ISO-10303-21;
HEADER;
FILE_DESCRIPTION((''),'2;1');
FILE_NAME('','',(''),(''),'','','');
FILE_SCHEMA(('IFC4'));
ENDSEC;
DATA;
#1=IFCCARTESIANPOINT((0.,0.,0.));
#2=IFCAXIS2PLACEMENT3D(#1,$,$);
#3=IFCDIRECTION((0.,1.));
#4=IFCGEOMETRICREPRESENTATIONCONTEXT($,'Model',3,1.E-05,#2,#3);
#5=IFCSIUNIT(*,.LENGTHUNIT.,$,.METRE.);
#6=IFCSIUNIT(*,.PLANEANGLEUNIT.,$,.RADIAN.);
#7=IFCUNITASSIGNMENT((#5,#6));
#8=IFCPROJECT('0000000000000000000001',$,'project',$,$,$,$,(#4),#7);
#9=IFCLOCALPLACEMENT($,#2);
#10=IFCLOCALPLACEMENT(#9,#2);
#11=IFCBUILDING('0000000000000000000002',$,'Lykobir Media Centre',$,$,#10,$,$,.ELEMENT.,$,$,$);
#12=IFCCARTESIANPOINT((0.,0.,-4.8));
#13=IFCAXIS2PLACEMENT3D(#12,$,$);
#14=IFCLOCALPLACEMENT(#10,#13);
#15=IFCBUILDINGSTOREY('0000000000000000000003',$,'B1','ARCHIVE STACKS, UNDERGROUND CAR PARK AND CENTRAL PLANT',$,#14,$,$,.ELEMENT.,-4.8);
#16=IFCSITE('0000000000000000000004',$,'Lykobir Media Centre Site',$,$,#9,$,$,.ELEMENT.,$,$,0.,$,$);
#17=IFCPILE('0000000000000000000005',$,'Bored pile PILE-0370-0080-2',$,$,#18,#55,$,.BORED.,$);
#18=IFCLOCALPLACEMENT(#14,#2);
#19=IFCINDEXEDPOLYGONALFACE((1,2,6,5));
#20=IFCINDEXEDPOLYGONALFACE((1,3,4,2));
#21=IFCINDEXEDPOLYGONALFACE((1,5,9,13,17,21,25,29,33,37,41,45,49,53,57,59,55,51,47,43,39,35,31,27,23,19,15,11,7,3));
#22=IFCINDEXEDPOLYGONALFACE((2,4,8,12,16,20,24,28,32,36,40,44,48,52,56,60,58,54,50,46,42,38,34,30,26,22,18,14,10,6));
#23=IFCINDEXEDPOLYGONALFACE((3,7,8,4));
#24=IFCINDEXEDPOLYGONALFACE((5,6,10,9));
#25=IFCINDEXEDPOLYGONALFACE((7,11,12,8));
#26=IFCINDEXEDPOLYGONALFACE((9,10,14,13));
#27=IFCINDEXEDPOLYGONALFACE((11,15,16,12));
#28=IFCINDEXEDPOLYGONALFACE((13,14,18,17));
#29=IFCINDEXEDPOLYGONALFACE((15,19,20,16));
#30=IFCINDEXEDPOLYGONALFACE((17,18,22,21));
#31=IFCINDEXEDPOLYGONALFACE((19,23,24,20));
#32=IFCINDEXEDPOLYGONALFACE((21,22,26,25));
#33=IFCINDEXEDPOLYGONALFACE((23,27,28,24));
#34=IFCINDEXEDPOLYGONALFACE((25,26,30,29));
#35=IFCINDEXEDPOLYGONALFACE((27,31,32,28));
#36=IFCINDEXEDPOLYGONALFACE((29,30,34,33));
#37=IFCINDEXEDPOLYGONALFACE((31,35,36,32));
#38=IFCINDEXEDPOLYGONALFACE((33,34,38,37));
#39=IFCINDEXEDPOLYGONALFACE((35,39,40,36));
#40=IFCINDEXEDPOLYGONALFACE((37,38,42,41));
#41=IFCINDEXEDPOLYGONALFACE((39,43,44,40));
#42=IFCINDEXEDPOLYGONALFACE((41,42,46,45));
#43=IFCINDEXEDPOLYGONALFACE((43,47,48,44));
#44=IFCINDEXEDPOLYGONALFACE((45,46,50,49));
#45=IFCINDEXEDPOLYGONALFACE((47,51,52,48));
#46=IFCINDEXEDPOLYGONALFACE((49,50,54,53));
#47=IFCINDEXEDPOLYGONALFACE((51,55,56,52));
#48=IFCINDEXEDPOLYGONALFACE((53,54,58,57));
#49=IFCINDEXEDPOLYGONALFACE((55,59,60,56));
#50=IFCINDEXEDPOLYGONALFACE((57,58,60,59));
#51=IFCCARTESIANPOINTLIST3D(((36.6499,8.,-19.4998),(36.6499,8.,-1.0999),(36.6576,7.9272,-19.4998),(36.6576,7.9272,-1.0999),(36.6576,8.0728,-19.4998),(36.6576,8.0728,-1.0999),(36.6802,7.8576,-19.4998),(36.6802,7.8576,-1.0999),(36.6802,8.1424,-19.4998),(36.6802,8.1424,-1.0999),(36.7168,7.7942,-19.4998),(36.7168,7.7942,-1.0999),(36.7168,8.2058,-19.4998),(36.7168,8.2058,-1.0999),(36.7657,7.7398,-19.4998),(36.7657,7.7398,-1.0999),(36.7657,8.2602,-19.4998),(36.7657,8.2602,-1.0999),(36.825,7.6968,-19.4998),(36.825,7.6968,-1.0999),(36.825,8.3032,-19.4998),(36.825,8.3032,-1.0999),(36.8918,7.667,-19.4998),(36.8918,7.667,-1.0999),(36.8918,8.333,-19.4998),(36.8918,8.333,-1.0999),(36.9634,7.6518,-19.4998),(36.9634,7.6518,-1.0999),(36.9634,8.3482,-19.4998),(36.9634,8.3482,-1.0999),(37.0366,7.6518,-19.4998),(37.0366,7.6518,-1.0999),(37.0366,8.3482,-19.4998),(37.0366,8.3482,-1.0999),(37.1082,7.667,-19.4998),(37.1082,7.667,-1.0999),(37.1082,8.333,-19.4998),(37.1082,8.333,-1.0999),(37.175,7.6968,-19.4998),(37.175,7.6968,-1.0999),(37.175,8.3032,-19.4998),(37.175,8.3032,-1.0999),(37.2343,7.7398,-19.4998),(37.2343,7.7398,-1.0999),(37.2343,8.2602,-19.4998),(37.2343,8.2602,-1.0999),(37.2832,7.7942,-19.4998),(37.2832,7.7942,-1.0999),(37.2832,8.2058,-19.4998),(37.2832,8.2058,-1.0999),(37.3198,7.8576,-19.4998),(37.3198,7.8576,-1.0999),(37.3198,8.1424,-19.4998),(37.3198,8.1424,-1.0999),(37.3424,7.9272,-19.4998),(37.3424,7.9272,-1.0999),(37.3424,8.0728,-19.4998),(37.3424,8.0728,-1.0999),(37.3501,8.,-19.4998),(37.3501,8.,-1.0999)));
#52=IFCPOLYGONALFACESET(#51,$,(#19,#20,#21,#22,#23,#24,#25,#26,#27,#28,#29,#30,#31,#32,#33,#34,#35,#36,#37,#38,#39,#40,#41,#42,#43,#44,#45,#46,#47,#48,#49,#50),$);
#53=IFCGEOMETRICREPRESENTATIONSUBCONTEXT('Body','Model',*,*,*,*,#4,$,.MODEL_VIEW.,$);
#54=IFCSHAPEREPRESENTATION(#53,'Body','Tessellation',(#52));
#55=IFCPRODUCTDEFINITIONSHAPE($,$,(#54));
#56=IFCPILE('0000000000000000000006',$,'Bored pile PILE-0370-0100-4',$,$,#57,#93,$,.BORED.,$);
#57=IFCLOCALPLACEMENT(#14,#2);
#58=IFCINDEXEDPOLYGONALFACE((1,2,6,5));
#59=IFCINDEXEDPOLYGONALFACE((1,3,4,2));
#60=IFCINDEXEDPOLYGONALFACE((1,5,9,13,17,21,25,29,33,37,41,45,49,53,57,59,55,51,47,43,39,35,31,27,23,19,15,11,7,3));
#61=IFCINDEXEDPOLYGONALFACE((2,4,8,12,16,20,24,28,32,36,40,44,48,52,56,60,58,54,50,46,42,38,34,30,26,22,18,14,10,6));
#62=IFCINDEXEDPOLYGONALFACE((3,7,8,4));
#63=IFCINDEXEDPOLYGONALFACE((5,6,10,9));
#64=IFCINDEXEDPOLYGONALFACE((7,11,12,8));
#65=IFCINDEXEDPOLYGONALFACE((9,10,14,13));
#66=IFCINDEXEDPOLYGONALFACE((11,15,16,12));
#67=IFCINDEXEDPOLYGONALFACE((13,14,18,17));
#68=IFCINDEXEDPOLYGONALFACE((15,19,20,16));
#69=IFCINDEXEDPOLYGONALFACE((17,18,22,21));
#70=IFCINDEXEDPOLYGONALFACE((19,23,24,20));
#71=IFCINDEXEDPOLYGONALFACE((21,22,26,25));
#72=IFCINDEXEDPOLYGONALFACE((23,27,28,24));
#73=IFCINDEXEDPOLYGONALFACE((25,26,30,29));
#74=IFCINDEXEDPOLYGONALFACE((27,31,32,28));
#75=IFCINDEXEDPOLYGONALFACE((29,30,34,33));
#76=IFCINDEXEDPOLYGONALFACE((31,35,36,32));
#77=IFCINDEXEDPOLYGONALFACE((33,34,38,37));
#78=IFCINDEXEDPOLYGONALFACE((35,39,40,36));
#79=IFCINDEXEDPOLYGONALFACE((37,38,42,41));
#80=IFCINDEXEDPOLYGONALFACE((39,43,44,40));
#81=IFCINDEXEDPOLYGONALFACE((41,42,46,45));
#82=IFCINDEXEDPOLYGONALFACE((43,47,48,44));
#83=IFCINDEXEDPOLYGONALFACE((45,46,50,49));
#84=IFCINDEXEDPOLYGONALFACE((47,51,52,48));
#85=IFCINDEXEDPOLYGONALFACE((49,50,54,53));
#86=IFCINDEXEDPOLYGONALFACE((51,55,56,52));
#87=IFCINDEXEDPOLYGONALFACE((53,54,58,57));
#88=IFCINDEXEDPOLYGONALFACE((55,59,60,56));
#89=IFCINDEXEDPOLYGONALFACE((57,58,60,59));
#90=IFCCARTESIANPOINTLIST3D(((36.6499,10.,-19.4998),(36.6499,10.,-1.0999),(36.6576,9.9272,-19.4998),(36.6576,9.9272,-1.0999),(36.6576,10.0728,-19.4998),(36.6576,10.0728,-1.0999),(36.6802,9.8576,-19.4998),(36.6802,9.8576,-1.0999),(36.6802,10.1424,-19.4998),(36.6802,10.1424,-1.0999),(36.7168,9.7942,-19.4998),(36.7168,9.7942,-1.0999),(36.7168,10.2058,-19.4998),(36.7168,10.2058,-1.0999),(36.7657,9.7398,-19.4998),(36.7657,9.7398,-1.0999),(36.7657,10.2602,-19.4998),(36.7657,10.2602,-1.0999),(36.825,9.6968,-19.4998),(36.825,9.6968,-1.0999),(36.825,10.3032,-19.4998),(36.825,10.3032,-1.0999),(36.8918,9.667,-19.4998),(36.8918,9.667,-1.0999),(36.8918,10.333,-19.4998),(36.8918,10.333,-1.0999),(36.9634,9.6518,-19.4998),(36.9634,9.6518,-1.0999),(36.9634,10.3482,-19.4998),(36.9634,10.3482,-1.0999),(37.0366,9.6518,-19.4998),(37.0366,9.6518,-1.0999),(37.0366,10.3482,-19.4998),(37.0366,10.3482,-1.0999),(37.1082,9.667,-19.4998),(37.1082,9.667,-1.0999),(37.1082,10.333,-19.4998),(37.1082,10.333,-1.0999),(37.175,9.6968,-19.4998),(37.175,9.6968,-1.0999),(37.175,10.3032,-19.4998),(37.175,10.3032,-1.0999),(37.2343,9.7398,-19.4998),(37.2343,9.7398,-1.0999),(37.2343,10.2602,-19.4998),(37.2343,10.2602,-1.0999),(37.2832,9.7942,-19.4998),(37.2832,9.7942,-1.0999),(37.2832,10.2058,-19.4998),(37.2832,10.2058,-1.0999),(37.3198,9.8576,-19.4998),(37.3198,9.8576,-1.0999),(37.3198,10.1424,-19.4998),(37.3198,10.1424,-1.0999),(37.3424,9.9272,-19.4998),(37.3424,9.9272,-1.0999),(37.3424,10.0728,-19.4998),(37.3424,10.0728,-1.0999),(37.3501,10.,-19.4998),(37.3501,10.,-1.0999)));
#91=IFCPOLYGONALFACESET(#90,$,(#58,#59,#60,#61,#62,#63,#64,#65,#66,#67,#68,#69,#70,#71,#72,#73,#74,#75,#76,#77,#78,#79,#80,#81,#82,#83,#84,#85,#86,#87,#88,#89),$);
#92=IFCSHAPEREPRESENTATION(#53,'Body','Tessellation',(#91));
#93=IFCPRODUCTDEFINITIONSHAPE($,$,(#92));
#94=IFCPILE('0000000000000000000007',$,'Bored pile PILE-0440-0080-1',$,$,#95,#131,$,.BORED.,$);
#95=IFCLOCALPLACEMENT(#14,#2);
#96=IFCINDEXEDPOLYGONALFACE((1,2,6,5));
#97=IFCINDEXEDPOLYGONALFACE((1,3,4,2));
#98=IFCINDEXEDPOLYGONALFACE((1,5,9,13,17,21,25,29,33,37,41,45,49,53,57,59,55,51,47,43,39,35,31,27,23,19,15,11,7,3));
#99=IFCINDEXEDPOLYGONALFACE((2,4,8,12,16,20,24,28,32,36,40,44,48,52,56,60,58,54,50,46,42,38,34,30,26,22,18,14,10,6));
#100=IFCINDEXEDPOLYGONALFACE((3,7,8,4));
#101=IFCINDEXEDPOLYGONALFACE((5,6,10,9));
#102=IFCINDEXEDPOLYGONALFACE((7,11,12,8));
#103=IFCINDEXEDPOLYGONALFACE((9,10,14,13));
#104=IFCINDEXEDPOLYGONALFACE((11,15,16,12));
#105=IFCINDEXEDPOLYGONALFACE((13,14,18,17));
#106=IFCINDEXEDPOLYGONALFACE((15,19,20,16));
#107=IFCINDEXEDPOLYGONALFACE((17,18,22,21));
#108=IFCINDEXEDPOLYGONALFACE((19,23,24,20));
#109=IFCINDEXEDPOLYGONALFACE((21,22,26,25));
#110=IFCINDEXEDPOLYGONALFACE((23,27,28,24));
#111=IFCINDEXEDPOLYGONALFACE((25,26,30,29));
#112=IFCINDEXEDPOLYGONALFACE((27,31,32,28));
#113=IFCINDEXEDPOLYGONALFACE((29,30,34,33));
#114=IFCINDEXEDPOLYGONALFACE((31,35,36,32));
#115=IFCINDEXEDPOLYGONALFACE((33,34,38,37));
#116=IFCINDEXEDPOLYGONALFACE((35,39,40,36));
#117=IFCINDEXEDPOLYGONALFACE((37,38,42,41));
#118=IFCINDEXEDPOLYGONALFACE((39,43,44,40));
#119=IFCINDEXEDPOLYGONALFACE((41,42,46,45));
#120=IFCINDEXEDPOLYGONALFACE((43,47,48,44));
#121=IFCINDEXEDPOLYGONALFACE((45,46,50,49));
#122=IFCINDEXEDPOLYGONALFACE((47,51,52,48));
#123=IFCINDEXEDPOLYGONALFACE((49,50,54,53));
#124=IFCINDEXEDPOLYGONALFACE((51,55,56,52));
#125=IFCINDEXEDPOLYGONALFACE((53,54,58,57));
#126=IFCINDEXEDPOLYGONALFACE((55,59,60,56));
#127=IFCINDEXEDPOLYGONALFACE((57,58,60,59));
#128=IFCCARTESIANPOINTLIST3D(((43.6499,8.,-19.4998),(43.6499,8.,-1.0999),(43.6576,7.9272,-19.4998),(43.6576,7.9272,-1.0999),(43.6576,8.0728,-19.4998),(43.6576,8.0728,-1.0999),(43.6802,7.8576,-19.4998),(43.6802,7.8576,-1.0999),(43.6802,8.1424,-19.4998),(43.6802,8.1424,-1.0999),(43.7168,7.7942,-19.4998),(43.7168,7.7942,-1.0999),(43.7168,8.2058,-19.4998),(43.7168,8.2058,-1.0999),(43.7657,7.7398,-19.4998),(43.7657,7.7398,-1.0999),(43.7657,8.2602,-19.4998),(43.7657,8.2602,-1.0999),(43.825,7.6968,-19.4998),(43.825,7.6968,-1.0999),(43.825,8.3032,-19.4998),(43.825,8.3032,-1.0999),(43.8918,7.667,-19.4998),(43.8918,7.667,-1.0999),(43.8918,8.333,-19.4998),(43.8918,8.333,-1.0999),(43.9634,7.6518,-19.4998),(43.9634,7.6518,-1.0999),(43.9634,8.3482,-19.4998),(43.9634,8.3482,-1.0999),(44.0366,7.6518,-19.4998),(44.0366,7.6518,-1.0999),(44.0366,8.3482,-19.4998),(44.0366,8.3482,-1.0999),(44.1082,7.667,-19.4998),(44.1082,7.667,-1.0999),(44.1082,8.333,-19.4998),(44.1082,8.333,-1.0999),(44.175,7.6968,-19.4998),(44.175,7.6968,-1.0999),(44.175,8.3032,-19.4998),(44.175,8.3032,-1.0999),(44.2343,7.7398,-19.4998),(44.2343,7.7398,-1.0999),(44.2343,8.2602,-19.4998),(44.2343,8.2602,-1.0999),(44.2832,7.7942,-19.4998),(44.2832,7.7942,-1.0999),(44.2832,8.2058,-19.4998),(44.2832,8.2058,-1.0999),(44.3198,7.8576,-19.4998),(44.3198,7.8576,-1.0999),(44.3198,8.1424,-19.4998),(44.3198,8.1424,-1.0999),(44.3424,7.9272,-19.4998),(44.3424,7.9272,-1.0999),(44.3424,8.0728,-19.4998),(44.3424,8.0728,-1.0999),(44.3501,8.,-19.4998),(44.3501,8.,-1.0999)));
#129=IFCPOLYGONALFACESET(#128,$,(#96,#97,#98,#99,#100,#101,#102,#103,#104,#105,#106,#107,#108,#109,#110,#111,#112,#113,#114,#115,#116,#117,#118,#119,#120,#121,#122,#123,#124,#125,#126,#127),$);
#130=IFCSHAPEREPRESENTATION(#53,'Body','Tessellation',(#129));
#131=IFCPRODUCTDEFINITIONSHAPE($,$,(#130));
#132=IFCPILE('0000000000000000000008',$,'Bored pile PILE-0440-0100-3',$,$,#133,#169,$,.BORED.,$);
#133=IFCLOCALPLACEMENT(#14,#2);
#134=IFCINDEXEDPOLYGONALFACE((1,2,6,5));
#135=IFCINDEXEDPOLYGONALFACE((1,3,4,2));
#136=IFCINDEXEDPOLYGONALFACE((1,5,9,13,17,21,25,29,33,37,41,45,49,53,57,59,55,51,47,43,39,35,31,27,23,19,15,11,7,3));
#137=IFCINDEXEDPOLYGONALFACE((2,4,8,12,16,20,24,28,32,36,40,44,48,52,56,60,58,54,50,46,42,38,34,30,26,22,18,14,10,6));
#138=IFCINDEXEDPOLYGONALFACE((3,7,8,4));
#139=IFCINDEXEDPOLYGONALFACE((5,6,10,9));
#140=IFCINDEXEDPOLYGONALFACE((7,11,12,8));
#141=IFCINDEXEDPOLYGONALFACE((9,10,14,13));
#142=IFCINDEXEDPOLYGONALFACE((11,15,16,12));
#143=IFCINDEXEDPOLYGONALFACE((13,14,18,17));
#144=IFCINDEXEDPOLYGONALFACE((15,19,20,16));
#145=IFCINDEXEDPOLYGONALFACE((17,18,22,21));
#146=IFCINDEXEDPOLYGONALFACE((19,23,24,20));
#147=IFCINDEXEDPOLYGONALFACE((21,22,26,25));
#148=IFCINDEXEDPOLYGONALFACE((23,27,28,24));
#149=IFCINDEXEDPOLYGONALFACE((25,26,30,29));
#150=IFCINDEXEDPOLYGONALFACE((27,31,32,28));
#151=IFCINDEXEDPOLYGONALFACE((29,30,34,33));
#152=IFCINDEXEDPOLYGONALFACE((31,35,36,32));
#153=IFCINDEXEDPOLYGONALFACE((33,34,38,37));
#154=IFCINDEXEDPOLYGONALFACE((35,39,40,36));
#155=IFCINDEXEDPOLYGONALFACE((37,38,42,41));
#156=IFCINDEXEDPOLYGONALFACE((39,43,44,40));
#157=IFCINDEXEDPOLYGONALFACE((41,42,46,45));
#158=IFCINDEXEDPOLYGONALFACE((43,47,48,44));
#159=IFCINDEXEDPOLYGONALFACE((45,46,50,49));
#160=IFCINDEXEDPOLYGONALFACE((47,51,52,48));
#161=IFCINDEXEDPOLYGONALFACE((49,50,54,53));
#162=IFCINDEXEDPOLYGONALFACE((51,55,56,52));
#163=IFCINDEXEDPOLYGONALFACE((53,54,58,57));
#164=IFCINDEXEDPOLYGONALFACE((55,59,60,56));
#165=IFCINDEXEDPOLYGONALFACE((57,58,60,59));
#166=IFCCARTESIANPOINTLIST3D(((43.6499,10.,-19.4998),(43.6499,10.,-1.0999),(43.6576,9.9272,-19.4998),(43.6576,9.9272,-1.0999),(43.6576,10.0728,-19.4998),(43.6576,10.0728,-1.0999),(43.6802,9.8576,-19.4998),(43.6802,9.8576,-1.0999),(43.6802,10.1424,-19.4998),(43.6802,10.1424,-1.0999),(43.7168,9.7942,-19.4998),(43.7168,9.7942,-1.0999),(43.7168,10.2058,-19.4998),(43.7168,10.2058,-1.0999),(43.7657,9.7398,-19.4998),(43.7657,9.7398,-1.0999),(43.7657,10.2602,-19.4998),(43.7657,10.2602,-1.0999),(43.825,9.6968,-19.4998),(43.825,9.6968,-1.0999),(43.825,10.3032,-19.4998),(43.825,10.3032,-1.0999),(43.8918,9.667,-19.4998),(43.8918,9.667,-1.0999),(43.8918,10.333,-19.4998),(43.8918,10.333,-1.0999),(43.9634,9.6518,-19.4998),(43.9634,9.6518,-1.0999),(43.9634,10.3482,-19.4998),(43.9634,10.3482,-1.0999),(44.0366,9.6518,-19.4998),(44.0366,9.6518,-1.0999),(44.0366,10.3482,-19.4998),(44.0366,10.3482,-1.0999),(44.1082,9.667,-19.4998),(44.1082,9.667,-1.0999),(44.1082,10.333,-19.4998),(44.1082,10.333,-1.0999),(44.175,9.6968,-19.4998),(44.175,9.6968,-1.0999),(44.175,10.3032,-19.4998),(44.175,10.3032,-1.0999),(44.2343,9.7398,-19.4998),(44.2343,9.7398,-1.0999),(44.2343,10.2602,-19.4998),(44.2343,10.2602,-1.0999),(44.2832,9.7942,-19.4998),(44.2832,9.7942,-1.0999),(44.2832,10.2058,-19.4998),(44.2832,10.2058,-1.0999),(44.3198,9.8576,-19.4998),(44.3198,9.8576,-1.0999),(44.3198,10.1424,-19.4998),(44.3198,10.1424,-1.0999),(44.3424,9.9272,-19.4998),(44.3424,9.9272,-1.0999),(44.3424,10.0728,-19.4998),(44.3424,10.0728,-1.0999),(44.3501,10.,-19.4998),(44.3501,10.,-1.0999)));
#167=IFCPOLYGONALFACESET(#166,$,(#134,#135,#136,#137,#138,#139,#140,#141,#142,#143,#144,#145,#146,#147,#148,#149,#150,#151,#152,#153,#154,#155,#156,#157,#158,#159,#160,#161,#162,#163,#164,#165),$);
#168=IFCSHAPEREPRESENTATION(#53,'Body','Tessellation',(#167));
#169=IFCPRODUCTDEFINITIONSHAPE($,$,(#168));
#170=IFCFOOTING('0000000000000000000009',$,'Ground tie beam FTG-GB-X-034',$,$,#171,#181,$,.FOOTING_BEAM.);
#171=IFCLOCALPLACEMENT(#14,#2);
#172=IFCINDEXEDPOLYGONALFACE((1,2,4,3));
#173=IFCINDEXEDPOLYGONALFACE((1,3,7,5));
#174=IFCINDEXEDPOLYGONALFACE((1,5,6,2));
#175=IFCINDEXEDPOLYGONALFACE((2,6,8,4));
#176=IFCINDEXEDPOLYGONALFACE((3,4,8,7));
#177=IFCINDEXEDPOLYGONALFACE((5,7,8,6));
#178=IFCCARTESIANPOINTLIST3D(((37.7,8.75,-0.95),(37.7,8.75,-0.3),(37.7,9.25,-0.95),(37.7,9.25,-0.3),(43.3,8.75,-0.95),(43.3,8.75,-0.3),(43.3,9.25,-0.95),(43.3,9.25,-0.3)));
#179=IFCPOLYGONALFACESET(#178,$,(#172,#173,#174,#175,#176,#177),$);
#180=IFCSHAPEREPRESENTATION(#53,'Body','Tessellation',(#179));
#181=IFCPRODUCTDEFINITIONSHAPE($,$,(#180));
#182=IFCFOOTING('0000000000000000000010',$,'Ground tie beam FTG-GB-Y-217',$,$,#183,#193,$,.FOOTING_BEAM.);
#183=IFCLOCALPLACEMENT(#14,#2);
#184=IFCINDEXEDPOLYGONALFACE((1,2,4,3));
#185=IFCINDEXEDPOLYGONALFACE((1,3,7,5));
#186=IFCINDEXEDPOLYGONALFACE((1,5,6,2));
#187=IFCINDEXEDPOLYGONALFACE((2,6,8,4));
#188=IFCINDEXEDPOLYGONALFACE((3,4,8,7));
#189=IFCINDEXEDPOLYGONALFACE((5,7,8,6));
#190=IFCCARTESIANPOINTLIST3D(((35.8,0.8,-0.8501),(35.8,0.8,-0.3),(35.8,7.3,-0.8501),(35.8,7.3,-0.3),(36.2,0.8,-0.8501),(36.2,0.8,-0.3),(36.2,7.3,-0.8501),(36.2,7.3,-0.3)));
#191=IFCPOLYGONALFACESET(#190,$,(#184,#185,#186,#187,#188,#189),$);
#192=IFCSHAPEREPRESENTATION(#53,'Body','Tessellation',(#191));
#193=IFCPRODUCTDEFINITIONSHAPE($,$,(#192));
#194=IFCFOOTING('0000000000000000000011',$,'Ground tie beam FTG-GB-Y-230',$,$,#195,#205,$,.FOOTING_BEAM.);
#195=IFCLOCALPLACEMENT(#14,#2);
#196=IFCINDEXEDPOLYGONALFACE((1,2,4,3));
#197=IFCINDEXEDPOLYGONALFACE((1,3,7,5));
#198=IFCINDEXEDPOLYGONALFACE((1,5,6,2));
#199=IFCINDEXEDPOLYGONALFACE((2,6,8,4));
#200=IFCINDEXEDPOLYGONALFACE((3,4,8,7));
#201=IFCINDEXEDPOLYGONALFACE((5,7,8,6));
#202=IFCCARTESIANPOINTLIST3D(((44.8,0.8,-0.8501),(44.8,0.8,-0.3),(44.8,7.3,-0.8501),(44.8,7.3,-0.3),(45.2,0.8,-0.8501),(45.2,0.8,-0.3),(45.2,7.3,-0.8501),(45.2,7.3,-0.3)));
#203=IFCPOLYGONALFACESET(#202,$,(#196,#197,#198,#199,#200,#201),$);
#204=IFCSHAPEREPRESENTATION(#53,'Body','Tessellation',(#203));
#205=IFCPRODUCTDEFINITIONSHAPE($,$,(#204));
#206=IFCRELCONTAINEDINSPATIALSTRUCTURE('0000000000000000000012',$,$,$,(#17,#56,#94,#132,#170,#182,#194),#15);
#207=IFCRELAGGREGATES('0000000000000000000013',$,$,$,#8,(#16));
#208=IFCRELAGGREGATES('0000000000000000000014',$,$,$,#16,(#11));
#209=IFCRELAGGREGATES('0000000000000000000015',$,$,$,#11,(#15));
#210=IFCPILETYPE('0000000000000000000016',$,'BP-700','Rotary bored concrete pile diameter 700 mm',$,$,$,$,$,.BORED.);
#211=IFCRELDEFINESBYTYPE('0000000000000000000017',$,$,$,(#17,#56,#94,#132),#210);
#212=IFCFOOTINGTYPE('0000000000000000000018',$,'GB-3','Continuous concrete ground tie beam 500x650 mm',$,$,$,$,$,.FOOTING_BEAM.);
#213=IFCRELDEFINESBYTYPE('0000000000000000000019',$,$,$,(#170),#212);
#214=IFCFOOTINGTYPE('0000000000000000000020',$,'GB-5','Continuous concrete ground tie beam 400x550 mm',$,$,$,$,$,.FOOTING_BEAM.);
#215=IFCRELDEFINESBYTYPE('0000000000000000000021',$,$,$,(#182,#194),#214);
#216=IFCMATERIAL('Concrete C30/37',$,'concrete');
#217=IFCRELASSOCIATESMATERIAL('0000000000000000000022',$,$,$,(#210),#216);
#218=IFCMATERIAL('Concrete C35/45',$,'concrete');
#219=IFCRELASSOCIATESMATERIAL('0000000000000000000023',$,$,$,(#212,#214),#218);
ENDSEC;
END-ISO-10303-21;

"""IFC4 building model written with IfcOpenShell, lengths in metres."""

from ifc_helpers import new_model, si_unit, direction, frame, origin, origin_2d, place, context, subcontext, project, spatial, rectangle, circle, extrude, material, material_profile, profile_set, type_object, element, save


model = new_model("IFC4")

# Units and contexts
model_context = context("Model", 3, precision=1e-05, world=origin(), true_north=direction((0.0, 1.0)))
body_context = subcontext(model_context, "Body", "Model", "MODEL_VIEW")
ifc_project = project(units=[si_unit("LENGTHUNIT", "METRE"), si_unit("PLANEANGLEUNIT", "RADIAN")], contexts=[model_context])

# Site, building, storey
site_placement = place(None, origin())
site = spatial("IfcSite", under=ifc_project, at=site_placement, Name="Lykobir Media Centre Site", CompositionType="ELEMENT", RefElevation=0.0)
building_placement = place(site_placement, origin())
building = spatial("IfcBuilding", under=site, at=building_placement, Name="Lykobir Media Centre", CompositionType="ELEMENT")
storey_placement = place(building_placement, frame((0.0, 0.0, -4.8)))
storey = spatial("IfcBuildingStorey", under=building, at=storey_placement, Name="B1", Description="ARCHIVE STACKS, UNDERGROUND CAR PARK AND CENTRAL PLANT", CompositionType="ELEMENT", Elevation=-4.8)

# Piles
ifc_material_1 = material(Name="Concrete C30/37", Category="concrete")
ifc_material_profile_1 = material_profile(ifc_material_1, circle(Radius=0.3501, at=origin_2d()), Name="BORED PILE D700")
ifc_profile_set_1 = profile_set([ifc_material_profile_1], Name="Concrete C30/37")
pile_type = type_object("IfcPileType", Name="BP-700", Description="Rotary bored concrete pile diameter 700 mm", PredefinedType="BORED", material=ifc_profile_set_1)
for number, where, z_axis, x_axis, name in (
    (1, (37.0, 8.0, -1.0999), (0.0, 0.0, -1.0), (1.0, 0.0, 0.0), "Bored pile PILE-0370-0080-2"),
    (2, (37.0, 10.0, -1.0999), (0.0, 0.0, -1.0), (1.0, 0.0, 0.0), "Bored pile PILE-0370-0100-4"),
    (3, (44.0, 8.0, -1.0999), (0.0, 0.0, -1.0), (1.0, 0.0, 0.0), "Bored pile PILE-0440-0080-1"),
    (4, (44.0, 10.0, -1.0999), (0.0, 0.0, -1.0), (1.0, 0.0, 0.0), "Bored pile PILE-0440-0100-3"),
):
    element("IfcPile", number, at=place(storey_placement, frame(where, z_axis=z_axis, x_axis=x_axis)), inside=storey, type_object=pile_type, Name=name, PredefinedType="BORED", context=body_context, shape_type="SweptSolid", body=[
        extrude(circle(Radius=0.3501, at=origin_2d()), origin(), (0.0, 0.0, 1.0), 18.3999),
    ])

# Footings
ifc_material_2 = material(Name="Concrete C35/45", Category="concrete")
footing_type_1 = type_object("IfcFootingType", Name="GB-3", Description="Continuous concrete ground tie beam 500x650 mm", PredefinedType="FOOTING_BEAM", material=ifc_material_2)
footing_1_placement = place(storey_placement, frame((40.5, 9.0, -0.95), z_axis=(0.0, 0.0, 1.0), x_axis=(1.0, 0.0, 0.0)))
element("IfcFooting", 5, at=footing_1_placement, inside=storey, type_object=footing_type_1, Name="Ground tie beam FTG-GB-X-034", PredefinedType="FOOTING_BEAM", context=body_context, shape_type="SweptSolid", body=[
    extrude(rectangle(XDim=5.6001, YDim=0.5, at=origin_2d()), origin(), (0.0, 0.0, 1.0), 0.6499),
])
footing_type_2 = type_object("IfcFootingType", Name="GB-5", Description="Continuous concrete ground tie beam 400x550 mm", PredefinedType="FOOTING_BEAM", material=ifc_material_2)
for number, where, z_axis, x_axis, name in (
    (6, (36.0, 4.05, -0.8501), (0.0, 0.0, 1.0), (0.0, 1.0, 0.0), "Ground tie beam FTG-GB-Y-217"),
    (7, (45.0, 4.05, -0.8501), (0.0, 0.0, 1.0), (0.0, 1.0, 0.0), "Ground tie beam FTG-GB-Y-230"),
):
    element("IfcFooting", number, at=place(storey_placement, frame(where, z_axis=z_axis, x_axis=x_axis)), inside=storey, type_object=footing_type_2, Name=name, PredefinedType="FOOTING_BEAM", context=body_context, shape_type="SweptSolid", body=[
        extrude(rectangle(XDim=6.5, YDim=0.3999, at=origin_2d()), origin(), (0.0, 0.0, 1.0), 0.55),
    ])

save(model, "model.ifc")
